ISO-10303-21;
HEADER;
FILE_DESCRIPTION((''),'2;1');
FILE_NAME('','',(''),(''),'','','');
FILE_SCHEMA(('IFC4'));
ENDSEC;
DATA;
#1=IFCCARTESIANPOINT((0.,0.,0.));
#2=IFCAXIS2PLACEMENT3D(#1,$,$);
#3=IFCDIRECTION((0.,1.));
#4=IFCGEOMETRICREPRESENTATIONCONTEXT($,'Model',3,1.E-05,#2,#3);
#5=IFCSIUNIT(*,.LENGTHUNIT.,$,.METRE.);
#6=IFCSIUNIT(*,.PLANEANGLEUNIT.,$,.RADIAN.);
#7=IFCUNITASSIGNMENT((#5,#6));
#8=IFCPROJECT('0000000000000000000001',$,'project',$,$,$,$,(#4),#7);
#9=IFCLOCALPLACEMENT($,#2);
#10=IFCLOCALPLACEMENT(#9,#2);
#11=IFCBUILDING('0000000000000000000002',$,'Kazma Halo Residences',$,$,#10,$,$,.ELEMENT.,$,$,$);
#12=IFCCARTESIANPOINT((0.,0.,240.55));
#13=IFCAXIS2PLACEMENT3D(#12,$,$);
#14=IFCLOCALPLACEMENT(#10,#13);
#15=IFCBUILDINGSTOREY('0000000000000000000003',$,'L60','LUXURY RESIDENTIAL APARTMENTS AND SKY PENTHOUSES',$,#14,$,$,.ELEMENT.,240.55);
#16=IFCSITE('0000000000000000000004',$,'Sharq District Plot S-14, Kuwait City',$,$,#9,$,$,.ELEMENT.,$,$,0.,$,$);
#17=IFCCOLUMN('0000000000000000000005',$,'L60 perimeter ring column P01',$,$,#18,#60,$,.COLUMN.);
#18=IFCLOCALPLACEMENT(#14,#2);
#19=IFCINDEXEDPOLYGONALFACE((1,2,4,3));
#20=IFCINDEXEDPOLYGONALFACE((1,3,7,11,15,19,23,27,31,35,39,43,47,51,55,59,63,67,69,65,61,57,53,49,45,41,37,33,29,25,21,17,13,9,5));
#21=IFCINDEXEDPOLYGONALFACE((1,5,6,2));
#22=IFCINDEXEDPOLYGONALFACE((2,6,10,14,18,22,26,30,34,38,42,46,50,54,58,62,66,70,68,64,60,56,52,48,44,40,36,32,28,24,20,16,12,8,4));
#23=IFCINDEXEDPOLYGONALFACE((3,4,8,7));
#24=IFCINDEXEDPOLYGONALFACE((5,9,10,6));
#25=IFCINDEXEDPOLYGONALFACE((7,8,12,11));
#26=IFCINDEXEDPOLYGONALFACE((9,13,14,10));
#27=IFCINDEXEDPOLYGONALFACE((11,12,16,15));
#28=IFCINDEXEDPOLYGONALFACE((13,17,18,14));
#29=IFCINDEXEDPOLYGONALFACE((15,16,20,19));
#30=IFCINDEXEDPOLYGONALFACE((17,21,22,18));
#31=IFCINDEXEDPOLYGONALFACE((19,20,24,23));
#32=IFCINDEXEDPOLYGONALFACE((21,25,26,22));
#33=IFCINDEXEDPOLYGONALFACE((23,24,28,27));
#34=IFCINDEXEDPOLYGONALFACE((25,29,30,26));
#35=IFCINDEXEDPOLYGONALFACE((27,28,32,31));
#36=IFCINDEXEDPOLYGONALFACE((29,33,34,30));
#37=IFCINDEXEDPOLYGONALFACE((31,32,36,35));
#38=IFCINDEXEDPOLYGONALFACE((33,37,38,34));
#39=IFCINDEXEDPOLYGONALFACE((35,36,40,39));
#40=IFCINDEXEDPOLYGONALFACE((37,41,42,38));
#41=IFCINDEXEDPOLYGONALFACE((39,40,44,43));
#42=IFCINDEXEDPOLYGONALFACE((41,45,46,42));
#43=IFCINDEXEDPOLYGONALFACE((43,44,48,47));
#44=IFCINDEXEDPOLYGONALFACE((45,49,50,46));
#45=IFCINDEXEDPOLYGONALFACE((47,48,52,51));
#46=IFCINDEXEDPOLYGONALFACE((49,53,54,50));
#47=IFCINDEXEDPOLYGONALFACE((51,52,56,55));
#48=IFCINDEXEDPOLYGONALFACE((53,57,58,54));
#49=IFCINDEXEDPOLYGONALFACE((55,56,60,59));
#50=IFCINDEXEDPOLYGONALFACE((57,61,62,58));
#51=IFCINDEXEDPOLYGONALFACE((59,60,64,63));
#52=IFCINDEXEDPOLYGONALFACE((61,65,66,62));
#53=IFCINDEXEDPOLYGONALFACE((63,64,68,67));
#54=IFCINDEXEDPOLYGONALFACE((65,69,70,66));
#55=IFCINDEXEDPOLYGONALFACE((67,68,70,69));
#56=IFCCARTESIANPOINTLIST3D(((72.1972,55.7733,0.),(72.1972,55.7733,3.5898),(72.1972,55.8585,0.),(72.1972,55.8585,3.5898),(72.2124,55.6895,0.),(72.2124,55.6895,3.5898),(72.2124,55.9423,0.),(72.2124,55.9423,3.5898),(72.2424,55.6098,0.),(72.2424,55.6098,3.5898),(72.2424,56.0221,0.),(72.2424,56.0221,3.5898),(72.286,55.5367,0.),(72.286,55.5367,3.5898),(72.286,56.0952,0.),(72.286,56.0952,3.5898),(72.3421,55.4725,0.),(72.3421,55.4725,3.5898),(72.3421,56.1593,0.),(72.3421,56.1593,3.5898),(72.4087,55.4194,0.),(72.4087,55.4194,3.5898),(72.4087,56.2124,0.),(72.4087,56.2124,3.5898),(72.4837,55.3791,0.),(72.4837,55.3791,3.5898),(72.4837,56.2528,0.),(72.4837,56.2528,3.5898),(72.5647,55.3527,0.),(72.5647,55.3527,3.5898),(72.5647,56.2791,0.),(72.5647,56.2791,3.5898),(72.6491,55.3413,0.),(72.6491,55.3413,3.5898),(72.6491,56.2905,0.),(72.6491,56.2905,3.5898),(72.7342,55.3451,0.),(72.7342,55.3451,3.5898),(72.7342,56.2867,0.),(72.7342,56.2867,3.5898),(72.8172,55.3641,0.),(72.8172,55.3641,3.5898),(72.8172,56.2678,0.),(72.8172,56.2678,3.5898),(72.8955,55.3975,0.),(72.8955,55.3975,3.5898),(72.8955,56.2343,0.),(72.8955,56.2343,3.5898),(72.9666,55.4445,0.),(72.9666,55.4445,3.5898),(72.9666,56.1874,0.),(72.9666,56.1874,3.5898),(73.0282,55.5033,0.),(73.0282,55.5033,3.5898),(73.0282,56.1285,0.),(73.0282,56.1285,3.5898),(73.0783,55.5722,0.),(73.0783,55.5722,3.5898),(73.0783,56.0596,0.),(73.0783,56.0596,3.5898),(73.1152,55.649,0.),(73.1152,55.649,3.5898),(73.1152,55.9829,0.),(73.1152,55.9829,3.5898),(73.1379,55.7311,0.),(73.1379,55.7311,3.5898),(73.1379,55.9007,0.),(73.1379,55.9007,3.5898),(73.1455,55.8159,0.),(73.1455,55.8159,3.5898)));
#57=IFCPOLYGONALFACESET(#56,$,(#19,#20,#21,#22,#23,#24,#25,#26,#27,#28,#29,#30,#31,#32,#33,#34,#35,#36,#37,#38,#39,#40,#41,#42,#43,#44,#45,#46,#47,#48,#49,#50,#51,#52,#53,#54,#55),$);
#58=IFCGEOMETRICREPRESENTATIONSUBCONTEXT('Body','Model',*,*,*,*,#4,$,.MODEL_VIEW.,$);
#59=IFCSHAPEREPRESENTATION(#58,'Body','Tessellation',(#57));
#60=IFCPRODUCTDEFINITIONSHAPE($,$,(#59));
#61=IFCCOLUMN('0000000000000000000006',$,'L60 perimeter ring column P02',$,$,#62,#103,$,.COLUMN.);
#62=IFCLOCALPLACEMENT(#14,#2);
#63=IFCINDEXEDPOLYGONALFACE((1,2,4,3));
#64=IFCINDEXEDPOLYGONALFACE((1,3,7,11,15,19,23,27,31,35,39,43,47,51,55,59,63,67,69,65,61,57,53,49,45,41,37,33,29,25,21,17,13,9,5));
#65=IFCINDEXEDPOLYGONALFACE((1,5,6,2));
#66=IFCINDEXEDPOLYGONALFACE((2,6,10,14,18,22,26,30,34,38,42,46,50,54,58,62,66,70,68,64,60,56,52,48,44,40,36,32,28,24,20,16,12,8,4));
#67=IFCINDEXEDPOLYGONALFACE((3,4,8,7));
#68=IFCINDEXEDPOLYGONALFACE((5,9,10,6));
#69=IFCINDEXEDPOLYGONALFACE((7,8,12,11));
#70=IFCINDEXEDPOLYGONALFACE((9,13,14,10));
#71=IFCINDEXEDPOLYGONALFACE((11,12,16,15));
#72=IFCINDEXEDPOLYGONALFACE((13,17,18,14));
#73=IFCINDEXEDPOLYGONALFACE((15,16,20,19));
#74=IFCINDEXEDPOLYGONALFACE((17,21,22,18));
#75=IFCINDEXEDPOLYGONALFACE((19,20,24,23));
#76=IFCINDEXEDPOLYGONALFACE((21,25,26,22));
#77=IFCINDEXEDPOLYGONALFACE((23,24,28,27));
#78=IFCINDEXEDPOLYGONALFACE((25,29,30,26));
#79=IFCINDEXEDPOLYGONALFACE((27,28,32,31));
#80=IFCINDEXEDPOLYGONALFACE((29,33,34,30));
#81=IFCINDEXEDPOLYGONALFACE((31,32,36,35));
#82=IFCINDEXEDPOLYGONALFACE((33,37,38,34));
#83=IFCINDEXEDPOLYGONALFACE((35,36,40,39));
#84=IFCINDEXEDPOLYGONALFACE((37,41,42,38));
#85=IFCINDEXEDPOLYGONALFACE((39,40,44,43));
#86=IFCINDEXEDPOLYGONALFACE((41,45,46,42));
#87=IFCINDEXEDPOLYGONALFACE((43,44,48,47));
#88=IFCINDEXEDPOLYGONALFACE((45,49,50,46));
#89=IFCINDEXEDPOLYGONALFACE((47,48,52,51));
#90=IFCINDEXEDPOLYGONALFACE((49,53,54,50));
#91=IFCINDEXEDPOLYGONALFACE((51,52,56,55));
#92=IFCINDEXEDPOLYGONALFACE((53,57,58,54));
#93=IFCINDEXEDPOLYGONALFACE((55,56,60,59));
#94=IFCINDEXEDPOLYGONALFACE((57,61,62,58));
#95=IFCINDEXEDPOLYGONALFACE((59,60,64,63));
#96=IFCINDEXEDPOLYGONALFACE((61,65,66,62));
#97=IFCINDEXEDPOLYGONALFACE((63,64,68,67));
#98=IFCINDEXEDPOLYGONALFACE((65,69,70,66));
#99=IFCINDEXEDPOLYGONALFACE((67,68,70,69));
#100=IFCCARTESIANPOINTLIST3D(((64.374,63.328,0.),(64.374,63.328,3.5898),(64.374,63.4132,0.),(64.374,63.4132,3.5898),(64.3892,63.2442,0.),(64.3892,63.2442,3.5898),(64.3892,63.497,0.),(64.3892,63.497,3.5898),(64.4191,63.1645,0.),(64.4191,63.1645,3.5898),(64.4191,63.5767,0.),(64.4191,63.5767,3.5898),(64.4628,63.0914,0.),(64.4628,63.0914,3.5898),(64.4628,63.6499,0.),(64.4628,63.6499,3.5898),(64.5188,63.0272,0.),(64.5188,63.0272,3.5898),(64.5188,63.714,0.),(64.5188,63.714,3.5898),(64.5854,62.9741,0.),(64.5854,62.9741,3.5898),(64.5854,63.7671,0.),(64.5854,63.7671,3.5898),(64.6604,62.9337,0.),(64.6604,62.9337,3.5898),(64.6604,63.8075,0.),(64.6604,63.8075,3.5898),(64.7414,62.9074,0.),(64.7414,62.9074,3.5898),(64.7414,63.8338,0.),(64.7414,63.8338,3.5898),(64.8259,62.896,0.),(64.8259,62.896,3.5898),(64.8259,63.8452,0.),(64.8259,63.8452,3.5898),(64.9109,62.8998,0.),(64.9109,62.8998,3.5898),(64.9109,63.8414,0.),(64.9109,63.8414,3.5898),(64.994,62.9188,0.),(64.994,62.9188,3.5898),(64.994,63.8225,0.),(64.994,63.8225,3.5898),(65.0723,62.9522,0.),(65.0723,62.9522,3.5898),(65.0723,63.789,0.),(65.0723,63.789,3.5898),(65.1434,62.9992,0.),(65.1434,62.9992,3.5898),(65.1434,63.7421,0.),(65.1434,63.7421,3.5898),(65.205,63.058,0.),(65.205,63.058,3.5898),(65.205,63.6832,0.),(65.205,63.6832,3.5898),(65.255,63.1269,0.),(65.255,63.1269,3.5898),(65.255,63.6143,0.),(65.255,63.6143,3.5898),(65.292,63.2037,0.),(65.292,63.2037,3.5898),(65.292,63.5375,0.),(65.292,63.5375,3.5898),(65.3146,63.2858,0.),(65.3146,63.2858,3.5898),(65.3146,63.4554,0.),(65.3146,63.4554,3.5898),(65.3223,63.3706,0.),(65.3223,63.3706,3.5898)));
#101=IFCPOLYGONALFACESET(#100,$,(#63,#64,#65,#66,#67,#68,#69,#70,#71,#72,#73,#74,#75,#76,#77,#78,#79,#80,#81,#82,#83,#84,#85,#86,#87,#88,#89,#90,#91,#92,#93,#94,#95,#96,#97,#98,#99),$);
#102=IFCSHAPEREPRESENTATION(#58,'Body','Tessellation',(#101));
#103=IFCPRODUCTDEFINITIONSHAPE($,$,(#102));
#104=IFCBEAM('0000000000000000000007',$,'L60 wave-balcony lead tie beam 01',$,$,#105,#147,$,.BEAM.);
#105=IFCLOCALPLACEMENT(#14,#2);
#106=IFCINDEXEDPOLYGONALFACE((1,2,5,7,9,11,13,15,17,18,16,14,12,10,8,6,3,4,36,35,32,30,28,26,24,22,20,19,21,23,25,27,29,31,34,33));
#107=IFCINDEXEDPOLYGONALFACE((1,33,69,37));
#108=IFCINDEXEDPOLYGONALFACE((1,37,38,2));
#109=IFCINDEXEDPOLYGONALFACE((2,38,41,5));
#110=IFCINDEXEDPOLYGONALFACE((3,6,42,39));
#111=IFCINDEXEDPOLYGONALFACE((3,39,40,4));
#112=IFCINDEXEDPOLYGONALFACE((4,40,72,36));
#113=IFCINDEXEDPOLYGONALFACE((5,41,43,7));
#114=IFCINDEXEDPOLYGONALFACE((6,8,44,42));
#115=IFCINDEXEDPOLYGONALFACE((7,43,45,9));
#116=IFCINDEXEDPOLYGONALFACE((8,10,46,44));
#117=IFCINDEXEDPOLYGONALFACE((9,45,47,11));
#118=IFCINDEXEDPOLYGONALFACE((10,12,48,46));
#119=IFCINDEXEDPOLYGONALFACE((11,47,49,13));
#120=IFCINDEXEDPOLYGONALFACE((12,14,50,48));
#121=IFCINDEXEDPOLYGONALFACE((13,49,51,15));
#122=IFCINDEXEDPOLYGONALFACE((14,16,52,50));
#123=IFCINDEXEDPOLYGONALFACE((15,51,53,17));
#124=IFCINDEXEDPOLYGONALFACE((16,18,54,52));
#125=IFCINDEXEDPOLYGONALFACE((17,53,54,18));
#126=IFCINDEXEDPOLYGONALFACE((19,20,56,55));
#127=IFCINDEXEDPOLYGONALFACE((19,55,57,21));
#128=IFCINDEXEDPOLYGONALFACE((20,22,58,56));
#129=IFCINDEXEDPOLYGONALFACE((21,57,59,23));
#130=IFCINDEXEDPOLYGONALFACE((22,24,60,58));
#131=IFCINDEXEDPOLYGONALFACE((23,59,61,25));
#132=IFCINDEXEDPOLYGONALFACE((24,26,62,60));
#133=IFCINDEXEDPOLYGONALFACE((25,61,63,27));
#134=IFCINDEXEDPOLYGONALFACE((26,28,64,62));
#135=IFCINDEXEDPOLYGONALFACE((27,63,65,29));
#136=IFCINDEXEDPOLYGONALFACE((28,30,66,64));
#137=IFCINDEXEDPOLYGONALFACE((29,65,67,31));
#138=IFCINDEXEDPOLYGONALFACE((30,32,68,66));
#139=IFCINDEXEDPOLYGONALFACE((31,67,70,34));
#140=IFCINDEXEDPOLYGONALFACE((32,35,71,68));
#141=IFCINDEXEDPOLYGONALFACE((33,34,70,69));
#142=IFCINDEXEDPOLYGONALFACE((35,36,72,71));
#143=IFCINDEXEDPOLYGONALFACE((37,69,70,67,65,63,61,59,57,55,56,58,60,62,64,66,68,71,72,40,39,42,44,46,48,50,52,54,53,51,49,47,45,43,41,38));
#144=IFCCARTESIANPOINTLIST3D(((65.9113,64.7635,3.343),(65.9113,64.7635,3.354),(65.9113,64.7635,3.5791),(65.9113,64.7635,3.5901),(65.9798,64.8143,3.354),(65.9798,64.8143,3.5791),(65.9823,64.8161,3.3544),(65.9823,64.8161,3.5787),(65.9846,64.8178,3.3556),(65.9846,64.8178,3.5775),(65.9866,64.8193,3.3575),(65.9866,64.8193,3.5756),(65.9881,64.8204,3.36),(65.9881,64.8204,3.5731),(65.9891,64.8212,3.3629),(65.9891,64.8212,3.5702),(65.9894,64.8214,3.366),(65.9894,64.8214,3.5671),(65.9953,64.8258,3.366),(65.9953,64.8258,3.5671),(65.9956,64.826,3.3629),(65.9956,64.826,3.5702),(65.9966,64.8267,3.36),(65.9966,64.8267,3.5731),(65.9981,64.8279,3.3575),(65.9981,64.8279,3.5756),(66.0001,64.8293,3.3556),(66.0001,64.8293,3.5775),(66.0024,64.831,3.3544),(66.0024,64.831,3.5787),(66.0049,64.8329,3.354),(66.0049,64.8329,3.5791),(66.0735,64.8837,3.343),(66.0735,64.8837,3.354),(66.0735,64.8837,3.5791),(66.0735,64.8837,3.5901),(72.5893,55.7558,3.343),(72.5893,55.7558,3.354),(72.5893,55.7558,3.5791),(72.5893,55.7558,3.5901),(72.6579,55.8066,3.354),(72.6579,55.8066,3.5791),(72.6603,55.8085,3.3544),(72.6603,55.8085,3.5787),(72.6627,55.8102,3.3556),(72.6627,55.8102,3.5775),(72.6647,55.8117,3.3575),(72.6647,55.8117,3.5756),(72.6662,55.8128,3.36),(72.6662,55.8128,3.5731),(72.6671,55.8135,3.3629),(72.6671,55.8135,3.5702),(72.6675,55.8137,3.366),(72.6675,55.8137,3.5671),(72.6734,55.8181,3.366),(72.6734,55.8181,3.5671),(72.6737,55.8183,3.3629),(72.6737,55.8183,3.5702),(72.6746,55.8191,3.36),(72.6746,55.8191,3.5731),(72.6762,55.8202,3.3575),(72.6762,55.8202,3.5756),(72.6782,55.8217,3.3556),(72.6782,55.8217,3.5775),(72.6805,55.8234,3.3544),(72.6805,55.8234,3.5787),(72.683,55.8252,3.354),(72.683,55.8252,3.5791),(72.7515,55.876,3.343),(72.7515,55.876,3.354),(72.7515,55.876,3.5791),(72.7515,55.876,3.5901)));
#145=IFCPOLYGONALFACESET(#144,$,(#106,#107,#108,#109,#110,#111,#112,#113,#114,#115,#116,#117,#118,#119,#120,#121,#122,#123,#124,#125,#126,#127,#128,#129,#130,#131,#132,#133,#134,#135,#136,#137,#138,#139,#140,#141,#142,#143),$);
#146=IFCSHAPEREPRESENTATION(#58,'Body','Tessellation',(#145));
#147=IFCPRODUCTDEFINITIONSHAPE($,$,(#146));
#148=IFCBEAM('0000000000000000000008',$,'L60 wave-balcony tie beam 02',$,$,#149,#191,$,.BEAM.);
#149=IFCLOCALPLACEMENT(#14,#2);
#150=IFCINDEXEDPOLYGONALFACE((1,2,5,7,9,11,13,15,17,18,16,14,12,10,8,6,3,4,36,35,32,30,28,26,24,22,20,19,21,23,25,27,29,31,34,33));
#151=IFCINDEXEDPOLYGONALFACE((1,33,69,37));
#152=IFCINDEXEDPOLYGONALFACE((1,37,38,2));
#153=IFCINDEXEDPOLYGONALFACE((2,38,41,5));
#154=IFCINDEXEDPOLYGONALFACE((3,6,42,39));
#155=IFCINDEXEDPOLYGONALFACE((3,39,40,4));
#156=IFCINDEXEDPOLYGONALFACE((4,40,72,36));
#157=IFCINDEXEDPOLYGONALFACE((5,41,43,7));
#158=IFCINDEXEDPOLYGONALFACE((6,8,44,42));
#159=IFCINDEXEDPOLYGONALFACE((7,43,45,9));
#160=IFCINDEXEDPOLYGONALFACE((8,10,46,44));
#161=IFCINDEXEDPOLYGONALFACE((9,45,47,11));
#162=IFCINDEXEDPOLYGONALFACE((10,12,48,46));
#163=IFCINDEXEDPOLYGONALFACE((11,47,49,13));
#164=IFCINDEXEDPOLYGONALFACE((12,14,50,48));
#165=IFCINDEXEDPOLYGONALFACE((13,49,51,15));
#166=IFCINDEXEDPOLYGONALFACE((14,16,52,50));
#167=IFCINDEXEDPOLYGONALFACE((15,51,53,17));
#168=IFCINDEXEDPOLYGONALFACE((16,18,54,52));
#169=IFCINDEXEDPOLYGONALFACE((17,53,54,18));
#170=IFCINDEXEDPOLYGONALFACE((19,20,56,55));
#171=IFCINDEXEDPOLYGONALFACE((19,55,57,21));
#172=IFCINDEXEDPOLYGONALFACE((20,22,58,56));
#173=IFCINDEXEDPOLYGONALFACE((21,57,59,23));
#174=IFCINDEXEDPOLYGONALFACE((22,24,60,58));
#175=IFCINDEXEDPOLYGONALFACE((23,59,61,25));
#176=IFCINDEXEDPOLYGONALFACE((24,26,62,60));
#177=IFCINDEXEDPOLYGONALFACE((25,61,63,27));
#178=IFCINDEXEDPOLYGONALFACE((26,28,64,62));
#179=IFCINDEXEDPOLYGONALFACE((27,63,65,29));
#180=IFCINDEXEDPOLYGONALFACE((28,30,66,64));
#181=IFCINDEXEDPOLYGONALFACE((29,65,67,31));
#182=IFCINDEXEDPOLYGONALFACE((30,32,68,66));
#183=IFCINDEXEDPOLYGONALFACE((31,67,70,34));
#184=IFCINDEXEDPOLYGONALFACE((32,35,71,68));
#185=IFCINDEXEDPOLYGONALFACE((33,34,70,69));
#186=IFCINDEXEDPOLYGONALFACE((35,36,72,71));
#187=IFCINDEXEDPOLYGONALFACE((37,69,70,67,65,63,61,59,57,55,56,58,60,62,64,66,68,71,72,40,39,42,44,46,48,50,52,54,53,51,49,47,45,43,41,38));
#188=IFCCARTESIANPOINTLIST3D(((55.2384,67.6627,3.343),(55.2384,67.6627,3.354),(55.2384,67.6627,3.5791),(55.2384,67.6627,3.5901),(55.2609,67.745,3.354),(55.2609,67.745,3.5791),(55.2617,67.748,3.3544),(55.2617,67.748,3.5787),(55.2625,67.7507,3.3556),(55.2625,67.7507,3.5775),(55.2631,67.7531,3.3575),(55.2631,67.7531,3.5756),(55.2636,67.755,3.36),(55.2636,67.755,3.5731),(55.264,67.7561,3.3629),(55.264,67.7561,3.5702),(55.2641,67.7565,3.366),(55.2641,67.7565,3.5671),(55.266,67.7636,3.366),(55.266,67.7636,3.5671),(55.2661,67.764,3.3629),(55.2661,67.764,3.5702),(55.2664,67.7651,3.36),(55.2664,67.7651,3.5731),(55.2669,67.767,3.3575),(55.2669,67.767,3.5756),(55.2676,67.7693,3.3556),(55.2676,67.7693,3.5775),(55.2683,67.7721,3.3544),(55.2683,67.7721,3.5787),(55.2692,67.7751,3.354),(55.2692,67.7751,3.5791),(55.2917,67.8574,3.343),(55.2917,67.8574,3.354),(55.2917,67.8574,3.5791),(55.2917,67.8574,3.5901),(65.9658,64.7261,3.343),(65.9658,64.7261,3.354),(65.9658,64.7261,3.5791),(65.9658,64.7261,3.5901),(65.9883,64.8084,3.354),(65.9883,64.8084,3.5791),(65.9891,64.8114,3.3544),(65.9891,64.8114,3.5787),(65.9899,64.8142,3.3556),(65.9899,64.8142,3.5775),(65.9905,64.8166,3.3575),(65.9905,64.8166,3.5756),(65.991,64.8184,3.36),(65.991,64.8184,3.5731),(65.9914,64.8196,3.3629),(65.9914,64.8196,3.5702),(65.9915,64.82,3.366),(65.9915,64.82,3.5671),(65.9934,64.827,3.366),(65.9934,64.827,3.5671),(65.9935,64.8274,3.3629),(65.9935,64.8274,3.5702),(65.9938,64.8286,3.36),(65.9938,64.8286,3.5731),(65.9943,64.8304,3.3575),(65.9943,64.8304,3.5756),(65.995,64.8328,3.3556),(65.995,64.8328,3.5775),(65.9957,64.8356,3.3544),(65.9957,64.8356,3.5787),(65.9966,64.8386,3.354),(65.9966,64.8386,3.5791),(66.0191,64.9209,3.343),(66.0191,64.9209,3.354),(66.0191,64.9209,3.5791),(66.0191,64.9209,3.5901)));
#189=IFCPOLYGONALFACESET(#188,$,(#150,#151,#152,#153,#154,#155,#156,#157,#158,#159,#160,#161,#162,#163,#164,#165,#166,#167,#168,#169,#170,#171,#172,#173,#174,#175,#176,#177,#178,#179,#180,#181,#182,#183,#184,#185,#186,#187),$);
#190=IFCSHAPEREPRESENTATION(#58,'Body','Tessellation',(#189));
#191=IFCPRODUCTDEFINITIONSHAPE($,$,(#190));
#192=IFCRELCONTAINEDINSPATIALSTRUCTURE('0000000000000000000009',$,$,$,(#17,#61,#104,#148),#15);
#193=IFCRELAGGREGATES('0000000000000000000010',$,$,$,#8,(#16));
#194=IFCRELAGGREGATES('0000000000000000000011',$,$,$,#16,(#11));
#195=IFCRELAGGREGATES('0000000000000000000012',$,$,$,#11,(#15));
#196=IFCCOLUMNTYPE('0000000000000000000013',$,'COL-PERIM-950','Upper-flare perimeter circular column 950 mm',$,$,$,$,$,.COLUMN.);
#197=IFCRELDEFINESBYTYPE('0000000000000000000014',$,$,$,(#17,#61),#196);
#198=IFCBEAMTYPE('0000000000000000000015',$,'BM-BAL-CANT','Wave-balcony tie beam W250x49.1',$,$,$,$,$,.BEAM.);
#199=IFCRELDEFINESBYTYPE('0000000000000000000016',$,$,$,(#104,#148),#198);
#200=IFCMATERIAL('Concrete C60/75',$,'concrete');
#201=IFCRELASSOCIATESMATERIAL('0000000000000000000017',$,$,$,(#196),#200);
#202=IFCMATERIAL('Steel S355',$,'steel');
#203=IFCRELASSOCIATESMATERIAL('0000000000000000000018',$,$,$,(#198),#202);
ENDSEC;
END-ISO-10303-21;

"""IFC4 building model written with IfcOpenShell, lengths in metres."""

from ifc_helpers import new_model, si_unit, direction, frame, origin, origin_2d, place, context, subcontext, project, spatial, circle, i_section, extrude, material, material_profile, profile_set, type_object, element, save


model = new_model("IFC4")

# Units and contexts
model_context = context("Model", 3, precision=1e-05, world=origin(), true_north=direction((0.0, 1.0)))
body_context = subcontext(model_context, "Body", "Model", "MODEL_VIEW")
ifc_project = project(units=[si_unit("LENGTHUNIT", "METRE"), si_unit("PLANEANGLEUNIT", "RADIAN")], contexts=[model_context])

# Site, building, storey
site_placement = place(None, origin())
site = spatial("IfcSite", under=ifc_project, at=site_placement, Name="Sharq District Plot S-14, Kuwait City", CompositionType="ELEMENT", RefElevation=0.0)
building_placement = place(site_placement, origin())
building = spatial("IfcBuilding", under=site, at=building_placement, Name="Kazma Halo Residences", CompositionType="ELEMENT")
storey_placement = place(building_placement, frame((0.0, 0.0, 240.55)))
storey = spatial("IfcBuildingStorey", under=building, at=storey_placement, Name="L60", Description="LUXURY RESIDENTIAL APARTMENTS AND SKY PENTHOUSES", CompositionType="ELEMENT", Elevation=240.55)

# Columns
ifc_material_1 = material(Name="Concrete C60/75", Category="concrete")
ifc_material_profile_1 = material_profile(ifc_material_1, circle(Radius=0.4751, at=origin_2d()), Name="CIRC950")
ifc_profile_set_1 = profile_set([ifc_material_profile_1], Name="Concrete C60/75")
column_type = type_object("IfcColumnType", Name="COL-PERIM-950", Description="Upper-flare perimeter circular column 950 mm", PredefinedType="COLUMN", material=ifc_profile_set_1)
for number, where, z_axis, x_axis, name in (
    (1, (72.6704, 55.8159, 0.0), (0.0, 0.0, 1.0), (1.0, 0.0, 0.0), "L60 perimeter ring column P01"),
    (2, (64.8472, 63.3706, 0.0), (0.0, 0.0, 1.0), (1.0, 0.0, 0.0), "L60 perimeter ring column P02"),
):
    element("IfcColumn", number, at=place(storey_placement, frame(where, z_axis=z_axis, x_axis=x_axis)), inside=storey, type_object=column_type, Name=name, PredefinedType="COLUMN", context=body_context, shape_type="SweptSolid", body=[
        extrude(circle(Radius=0.4751, at=origin_2d()), origin(), (0.0, 0.0, 1.0), 3.5898),
    ])

# Beams
ifc_material_2 = material(Name="Steel S355", Category="steel")
ifc_material_profile_2 = material_profile(ifc_material_2, i_section(OverallWidth=0.2019, OverallDepth=0.2471, WebThickness=0.0073, FlangeThickness=0.011, FilletRadius=0.012, at=origin_2d()), Name="W250x49.1")
ifc_profile_set_2 = profile_set([ifc_material_profile_2], Name="Steel S355")
beam_type_1 = type_object("IfcBeamType", Name="BM-BAL-CANT", Description="Wave-balcony tie beam W250x49.1", PredefinedType="BEAM", material=ifc_profile_set_2)
beam_1_placement = place(storey_placement, frame((72.6704, 55.8159, 3.4666), z_axis=(-0.595556, 0.803314, 0.0), x_axis=(-0.803314, -0.595556, 0.0)))
element("IfcBeam", 3, at=beam_1_placement, inside=storey, type_object=beam_type_1, Name="L60 wave-balcony lead tie beam 01", PredefinedType="BEAM", context=body_context, shape_type="SweptSolid", body=[
    extrude(i_section(OverallWidth=0.2019, OverallDepth=0.2471, WebThickness=0.0073, FlangeThickness=0.011, FilletRadius=0.012, at=origin_2d()), origin(), (0.0, 0.0, 1.0), 11.2131),
])
beam_2_placement = place(storey_placement, frame((65.9924, 64.8235, 3.4666), z_axis=(-0.964515, 0.264029, 0.0), x_axis=(-0.264029, -0.964515, 0.0)))
element("IfcBeam", 4, at=beam_2_placement, inside=storey, type_object=beam_type_1, Name="L60 wave-balcony tie beam 02", PredefinedType="BEAM", context=body_context, shape_type="SweptSolid", body=[
    extrude(i_section(OverallWidth=0.2019, OverallDepth=0.2471, WebThickness=0.0073, FlangeThickness=0.011, FilletRadius=0.012, at=origin_2d()), origin(), (0.0, 0.0, 1.0), 11.1221),
])

save(model, "model.ifc")
